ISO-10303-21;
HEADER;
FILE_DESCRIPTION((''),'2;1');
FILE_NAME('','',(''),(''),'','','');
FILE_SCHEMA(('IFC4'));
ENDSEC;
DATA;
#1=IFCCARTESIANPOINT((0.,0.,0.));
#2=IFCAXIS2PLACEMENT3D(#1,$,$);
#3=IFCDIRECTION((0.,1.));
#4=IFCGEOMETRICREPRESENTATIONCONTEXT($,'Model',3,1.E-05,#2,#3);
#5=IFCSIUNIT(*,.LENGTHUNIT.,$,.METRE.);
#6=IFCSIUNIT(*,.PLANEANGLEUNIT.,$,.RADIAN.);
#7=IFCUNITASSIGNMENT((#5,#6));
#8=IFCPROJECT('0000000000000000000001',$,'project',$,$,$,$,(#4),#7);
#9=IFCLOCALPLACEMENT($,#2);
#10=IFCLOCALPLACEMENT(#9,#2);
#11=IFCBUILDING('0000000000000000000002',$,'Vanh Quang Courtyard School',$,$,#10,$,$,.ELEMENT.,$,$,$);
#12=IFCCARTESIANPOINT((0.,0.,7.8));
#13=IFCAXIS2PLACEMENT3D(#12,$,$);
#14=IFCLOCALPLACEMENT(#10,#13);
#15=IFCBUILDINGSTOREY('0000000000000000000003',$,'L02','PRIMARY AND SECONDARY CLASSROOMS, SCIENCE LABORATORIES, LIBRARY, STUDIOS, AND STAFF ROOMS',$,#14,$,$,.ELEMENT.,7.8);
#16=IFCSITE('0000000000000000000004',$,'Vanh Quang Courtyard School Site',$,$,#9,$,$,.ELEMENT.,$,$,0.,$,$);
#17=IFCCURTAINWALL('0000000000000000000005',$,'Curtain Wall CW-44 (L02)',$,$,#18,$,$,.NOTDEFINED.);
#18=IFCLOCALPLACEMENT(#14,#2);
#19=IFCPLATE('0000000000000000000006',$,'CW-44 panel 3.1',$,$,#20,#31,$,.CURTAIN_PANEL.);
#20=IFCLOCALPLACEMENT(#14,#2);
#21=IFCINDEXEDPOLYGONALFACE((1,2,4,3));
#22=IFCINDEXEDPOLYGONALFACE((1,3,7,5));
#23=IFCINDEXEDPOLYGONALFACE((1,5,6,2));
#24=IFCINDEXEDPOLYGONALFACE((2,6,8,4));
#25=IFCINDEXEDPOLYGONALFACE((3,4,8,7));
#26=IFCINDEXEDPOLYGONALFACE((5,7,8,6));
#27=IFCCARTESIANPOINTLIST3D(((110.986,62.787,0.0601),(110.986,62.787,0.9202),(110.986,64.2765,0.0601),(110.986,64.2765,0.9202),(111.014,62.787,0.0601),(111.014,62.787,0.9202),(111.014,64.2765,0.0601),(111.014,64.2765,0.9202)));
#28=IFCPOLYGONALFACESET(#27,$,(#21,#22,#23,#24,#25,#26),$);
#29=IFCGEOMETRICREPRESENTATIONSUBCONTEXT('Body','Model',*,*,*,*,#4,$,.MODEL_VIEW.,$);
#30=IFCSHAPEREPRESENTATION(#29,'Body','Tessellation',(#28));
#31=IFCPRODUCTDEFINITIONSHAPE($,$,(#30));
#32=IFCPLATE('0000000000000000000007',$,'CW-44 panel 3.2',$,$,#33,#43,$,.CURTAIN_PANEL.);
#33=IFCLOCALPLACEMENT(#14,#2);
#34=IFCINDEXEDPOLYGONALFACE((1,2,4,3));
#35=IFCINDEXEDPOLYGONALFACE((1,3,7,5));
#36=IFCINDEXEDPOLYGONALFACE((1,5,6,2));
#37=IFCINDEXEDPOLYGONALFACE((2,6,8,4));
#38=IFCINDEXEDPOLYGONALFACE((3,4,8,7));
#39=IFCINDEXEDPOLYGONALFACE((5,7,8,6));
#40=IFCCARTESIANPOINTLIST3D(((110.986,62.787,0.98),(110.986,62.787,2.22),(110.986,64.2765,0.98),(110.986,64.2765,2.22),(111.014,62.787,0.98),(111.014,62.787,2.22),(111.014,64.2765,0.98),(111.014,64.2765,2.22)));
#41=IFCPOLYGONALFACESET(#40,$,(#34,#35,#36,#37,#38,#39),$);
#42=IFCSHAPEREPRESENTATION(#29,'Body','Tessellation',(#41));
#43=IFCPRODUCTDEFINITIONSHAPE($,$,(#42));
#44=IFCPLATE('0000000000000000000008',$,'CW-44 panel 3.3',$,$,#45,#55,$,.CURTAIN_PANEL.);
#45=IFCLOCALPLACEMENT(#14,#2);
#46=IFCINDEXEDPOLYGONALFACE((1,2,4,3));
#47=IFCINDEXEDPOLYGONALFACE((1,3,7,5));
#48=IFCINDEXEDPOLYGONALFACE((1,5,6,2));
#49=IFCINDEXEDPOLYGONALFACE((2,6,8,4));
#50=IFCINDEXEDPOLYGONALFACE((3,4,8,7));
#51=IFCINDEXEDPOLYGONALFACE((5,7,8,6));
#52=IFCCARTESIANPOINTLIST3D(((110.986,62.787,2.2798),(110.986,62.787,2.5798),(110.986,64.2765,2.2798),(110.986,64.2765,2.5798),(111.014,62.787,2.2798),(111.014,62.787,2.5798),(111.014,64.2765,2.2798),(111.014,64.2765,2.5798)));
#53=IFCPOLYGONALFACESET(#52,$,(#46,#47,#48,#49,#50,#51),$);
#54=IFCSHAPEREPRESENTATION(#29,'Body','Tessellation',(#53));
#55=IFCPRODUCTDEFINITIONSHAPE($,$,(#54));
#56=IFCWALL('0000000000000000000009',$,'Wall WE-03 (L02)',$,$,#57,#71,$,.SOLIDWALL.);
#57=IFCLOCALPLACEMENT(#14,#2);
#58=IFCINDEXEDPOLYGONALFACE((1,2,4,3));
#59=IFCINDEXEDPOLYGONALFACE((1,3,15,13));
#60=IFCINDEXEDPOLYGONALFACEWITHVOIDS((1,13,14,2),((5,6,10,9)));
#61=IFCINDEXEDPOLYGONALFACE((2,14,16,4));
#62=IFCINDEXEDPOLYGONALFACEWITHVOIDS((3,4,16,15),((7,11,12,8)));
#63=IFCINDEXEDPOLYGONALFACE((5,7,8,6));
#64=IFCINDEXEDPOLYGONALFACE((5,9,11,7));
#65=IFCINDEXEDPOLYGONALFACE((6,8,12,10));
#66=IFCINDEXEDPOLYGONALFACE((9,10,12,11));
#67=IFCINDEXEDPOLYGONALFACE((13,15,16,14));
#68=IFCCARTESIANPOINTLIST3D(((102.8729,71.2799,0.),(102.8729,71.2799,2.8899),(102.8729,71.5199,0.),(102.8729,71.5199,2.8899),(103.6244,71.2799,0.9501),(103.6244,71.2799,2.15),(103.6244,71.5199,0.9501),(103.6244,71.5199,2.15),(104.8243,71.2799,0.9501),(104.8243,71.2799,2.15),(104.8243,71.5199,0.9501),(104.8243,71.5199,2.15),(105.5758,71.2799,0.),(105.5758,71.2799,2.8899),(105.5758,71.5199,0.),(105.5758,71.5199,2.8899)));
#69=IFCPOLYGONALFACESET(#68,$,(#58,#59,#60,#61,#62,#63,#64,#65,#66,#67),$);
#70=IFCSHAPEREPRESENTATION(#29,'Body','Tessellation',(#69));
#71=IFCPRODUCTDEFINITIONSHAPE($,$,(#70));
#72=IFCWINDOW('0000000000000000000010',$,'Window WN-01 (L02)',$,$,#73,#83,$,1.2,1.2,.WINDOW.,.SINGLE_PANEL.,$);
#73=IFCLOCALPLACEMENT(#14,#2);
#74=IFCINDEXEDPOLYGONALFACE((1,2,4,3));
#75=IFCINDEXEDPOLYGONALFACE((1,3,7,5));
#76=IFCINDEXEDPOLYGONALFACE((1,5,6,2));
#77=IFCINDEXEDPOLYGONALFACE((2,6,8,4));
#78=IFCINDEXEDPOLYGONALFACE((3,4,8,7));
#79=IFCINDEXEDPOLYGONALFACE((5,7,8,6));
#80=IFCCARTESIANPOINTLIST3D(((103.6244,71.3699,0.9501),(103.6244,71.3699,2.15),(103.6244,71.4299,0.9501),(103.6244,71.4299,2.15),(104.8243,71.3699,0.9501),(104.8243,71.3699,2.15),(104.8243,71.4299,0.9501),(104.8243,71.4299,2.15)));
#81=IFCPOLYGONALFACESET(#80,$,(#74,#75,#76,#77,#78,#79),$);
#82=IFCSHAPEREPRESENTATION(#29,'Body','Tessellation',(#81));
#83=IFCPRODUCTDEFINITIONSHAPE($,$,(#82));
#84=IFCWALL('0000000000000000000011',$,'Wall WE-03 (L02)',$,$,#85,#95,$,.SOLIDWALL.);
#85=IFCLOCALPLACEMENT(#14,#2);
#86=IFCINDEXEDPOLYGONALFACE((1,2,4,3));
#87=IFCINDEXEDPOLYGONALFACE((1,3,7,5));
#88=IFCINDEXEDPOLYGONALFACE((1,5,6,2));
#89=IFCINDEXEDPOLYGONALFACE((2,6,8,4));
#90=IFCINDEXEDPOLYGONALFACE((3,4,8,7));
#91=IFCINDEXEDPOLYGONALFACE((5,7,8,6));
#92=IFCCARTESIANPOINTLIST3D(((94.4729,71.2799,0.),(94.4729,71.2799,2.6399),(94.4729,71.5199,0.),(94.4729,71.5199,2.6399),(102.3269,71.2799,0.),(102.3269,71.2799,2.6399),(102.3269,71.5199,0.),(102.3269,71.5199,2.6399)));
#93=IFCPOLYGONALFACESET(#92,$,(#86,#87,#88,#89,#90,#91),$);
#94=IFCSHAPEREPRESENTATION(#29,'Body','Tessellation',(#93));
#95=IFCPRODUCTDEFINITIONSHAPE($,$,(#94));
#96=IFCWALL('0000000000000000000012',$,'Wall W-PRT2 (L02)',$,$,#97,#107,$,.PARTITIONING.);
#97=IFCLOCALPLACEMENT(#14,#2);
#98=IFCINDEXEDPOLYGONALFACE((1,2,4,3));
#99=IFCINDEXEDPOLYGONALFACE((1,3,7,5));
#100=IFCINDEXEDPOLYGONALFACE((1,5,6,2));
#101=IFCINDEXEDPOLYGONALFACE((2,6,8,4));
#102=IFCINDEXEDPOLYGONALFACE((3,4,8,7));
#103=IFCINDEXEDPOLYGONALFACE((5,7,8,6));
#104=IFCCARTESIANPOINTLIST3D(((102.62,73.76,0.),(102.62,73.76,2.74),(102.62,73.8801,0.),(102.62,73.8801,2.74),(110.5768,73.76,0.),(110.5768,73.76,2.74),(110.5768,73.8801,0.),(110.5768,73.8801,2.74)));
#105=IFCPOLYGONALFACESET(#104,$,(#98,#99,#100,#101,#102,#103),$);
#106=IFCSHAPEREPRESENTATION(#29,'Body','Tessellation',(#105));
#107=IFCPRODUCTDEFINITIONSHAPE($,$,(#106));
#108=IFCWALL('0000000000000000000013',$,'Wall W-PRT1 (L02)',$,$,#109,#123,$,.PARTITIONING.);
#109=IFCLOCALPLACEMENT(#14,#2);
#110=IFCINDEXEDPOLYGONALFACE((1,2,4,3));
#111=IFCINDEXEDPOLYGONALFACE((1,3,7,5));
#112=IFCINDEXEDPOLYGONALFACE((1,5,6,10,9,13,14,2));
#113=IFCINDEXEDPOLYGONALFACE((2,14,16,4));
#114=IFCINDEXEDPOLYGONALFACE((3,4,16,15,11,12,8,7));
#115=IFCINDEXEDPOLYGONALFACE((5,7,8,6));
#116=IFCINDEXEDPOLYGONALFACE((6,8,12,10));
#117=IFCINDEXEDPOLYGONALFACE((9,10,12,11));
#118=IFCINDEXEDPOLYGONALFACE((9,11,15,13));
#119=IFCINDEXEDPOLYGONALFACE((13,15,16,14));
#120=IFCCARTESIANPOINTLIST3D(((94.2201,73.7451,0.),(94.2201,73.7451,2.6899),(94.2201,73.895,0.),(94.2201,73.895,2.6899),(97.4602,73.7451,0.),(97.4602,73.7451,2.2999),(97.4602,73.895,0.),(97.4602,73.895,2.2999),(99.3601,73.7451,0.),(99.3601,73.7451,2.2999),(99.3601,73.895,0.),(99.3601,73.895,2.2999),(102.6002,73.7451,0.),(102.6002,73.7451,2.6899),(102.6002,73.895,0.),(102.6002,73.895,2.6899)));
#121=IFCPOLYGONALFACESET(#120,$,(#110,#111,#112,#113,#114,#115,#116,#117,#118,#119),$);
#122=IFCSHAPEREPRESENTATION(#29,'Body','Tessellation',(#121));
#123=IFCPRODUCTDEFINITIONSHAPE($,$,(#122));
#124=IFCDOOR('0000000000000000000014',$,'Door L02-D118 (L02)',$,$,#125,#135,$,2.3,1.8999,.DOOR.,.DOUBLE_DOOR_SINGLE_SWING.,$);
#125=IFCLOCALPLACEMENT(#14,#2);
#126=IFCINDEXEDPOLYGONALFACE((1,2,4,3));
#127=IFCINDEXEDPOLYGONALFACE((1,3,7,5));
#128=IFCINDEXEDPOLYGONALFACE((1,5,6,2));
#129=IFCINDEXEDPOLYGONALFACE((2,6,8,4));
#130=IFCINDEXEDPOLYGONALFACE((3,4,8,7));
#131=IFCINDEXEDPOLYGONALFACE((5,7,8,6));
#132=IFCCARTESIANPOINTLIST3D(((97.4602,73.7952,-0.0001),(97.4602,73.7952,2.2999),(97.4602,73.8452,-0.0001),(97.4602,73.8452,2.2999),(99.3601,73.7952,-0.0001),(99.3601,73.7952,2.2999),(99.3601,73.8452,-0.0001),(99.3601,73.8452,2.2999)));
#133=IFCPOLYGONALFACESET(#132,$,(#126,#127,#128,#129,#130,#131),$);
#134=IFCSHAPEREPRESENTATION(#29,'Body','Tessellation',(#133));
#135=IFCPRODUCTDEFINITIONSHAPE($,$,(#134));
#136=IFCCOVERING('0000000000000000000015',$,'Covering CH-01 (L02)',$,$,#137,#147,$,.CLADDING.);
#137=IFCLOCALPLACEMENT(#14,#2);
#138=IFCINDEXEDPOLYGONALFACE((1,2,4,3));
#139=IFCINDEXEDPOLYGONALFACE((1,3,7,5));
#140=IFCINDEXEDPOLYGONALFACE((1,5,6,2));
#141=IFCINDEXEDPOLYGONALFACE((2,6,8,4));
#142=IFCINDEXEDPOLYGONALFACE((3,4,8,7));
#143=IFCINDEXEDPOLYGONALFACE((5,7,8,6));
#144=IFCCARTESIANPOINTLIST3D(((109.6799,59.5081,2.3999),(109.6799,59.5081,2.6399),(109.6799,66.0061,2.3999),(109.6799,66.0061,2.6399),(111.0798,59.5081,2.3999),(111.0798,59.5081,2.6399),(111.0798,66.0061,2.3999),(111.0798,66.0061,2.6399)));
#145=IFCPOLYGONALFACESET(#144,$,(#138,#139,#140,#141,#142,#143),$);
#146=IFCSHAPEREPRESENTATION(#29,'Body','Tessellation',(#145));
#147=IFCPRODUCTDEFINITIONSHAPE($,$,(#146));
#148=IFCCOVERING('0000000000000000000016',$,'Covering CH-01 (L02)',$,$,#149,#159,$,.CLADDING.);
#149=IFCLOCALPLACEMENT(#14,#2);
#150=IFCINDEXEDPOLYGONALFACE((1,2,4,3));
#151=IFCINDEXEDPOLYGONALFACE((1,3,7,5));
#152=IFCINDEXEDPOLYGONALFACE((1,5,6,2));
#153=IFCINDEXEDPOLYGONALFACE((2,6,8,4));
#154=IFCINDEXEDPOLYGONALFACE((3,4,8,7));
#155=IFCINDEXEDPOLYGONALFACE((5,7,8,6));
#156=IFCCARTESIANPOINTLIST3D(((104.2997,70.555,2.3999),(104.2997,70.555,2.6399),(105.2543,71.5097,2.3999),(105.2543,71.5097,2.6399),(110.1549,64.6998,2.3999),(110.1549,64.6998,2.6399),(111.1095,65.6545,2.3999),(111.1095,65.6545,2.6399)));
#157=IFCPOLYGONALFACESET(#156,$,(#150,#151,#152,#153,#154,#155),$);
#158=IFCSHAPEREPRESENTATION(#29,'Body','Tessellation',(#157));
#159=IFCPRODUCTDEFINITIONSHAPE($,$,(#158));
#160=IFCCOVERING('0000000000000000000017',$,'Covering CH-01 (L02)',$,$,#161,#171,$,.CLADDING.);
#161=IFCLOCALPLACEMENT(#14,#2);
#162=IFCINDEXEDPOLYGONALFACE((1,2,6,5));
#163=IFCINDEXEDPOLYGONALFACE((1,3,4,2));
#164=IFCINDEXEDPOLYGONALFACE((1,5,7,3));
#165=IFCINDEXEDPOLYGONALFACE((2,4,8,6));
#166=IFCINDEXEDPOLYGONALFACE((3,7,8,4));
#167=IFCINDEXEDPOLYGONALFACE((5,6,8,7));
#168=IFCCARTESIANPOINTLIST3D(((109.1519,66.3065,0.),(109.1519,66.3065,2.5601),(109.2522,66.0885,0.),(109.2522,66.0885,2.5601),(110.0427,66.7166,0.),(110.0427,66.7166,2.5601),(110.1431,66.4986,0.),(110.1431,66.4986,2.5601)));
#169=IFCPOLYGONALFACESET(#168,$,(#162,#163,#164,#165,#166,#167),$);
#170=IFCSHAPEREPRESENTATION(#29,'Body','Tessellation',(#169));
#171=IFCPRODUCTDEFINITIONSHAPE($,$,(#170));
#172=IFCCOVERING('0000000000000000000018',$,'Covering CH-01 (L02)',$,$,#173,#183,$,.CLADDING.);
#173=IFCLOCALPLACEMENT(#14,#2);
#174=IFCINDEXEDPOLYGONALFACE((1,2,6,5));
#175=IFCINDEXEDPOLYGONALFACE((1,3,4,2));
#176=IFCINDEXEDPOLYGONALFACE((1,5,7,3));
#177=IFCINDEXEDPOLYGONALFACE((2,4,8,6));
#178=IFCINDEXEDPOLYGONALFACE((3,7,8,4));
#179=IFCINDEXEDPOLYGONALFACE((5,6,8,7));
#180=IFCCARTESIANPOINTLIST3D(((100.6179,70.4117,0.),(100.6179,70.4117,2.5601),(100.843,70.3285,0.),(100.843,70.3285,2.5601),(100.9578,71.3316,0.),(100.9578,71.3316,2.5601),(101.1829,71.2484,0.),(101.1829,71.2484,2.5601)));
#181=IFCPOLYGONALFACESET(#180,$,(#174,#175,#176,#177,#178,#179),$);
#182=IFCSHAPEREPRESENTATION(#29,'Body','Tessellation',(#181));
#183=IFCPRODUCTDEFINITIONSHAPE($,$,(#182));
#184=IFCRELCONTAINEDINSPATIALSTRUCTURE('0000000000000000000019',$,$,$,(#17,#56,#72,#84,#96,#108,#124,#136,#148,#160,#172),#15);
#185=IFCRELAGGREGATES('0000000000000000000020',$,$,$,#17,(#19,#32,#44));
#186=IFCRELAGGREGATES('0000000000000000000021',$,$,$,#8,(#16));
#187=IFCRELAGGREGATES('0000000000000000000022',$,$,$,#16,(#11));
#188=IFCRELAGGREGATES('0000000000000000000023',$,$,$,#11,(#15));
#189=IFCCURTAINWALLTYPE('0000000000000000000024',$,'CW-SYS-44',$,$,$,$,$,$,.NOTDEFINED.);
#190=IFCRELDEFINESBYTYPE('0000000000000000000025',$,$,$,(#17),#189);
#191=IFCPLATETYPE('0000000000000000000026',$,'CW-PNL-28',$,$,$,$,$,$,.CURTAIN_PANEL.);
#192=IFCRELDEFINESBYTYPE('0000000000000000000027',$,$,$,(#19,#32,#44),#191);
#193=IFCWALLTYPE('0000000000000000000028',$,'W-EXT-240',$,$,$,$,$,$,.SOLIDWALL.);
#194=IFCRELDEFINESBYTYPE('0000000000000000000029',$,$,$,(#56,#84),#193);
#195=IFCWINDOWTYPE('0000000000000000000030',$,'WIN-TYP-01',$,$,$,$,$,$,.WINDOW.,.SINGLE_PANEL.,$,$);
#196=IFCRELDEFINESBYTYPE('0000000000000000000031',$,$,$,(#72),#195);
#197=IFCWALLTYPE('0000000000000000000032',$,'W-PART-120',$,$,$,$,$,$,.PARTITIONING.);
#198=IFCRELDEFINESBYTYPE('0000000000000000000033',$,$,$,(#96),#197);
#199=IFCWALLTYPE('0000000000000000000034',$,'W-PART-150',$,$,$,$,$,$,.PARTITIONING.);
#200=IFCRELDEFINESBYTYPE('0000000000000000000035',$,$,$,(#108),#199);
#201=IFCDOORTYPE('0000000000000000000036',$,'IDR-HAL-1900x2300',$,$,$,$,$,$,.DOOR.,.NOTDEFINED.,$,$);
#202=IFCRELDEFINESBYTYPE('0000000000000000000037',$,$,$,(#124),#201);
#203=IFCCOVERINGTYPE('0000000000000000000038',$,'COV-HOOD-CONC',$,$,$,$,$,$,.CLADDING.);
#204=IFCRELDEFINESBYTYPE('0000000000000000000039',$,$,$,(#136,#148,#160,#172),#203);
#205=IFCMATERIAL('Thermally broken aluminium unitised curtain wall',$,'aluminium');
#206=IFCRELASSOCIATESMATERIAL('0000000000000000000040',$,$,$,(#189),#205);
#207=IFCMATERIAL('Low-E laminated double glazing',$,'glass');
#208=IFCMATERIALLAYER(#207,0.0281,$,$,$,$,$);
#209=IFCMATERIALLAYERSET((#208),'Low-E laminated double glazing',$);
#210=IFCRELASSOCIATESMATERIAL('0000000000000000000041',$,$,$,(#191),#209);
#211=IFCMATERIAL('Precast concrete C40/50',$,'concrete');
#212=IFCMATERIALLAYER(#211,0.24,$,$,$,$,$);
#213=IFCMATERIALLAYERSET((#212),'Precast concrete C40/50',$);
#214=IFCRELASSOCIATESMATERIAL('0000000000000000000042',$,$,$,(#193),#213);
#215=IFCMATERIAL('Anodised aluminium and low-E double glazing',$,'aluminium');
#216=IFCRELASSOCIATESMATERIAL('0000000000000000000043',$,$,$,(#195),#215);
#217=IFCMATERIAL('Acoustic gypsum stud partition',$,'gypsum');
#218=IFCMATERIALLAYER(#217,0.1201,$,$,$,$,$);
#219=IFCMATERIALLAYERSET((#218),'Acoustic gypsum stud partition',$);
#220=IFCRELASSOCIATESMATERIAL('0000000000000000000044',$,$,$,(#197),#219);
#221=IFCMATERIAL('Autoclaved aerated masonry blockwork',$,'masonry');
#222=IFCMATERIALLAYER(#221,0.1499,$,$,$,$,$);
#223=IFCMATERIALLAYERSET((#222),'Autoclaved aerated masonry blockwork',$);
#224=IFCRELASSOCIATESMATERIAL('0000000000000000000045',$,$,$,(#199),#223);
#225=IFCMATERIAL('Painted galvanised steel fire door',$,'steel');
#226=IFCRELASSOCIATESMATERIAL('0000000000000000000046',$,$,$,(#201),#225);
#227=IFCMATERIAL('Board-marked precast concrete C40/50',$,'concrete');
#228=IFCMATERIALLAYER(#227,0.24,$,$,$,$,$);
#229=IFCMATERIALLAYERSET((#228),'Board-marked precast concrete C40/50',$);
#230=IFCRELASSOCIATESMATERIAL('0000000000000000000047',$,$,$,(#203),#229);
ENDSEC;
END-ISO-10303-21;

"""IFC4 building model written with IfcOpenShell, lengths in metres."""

from ifc_helpers import new_model, si_unit, direction, frame, frame_2d, origin, origin_2d, place, context, subcontext, project, spatial, rectangle, extrude, material, layer, layer_set, type_object, element, fill, aggregate, save


model = new_model("IFC4")

# Units and contexts
model_context = context("Model", 3, precision=1e-05, world=origin(), true_north=direction((0.0, 1.0)))
body_context = subcontext(model_context, "Body", "Model", "MODEL_VIEW")
ifc_project = project(units=[si_unit("LENGTHUNIT", "METRE"), si_unit("PLANEANGLEUNIT", "RADIAN")], contexts=[model_context])

# Site, building, storey
site_placement = place(None, origin())
site = spatial("IfcSite", under=ifc_project, at=site_placement, Name="Vanh Quang Courtyard School Site", CompositionType="ELEMENT", RefElevation=0.0)
building_placement = place(site_placement, origin())
building = spatial("IfcBuilding", under=site, at=building_placement, Name="Vanh Quang Courtyard School", CompositionType="ELEMENT")
storey_placement = place(building_placement, frame((0.0, 0.0, 7.8)))
storey = spatial("IfcBuildingStorey", under=building, at=storey_placement, Name="L02", Description="PRIMARY AND SECONDARY CLASSROOMS, SCIENCE LABORATORIES, LIBRARY, STUDIOS, AND STAFF ROOMS", CompositionType="ELEMENT", Elevation=7.8)

# Curtain wall
ifc_material_1 = material(Name="Thermally broken aluminium unitised curtain wall", Category="aluminium")
curtain_wall_type = type_object("IfcCurtainWallType", Name="CW-SYS-44", PredefinedType="NOTDEFINED", material=ifc_material_1)
curtain_wall_placement = place(storey_placement, origin())
curtain_wall = element("IfcCurtainWall", 1, at=curtain_wall_placement, inside=storey, type_object=curtain_wall_type, Name="Curtain Wall CW-44 (L02)", PredefinedType="NOTDEFINED")

# Plates
ifc_material_2 = material(Name="Low-E laminated double glazing", Category="glass")
ifc_layer_1 = layer(ifc_material_2, 0.0281)
ifc_layer_set_1 = layer_set([ifc_layer_1], Name="Low-E laminated double glazing")
plate_type = type_object("IfcPlateType", Name="CW-PNL-28", PredefinedType="CURTAIN_PANEL", material=ifc_layer_set_1)
plate_1_placement = place(storey_placement, frame((111.0, 63.5317, 0.0601), z_axis=(0.0, 0.0, 1.0), x_axis=(0.0, 1.0, 0.0)))
plate_1 = element("IfcPlate", 2, at=plate_1_placement, type_object=plate_type, Name="CW-44 panel 3.1", PredefinedType="CURTAIN_PANEL", context=body_context, shape_type="SweptSolid", body=[
    extrude(rectangle(XDim=1.4895, YDim=0.0281, at=origin_2d()), origin(), (0.0, 0.0, 1.0), 0.8601),
])
plate_2_placement = place(storey_placement, frame((111.0, 63.5317, 0.98), z_axis=(0.0, 0.0, 1.0), x_axis=(0.0, 1.0, 0.0)))
plate_2 = element("IfcPlate", 3, at=plate_2_placement, type_object=plate_type, Name="CW-44 panel 3.2", PredefinedType="CURTAIN_PANEL", context=body_context, shape_type="SweptSolid", body=[
    extrude(rectangle(XDim=1.4895, YDim=0.0281, at=origin_2d()), origin(), (0.0, 0.0, 1.0), 1.24),
])
plate_3_placement = place(storey_placement, frame((111.0, 63.5317, 2.2798), z_axis=(0.0, 0.0, 1.0), x_axis=(0.0, 1.0, 0.0)))
plate_3 = element("IfcPlate", 4, at=plate_3_placement, type_object=plate_type, Name="CW-44 panel 3.3", PredefinedType="CURTAIN_PANEL", context=body_context, shape_type="SweptSolid", body=[
    extrude(rectangle(XDim=1.4895, YDim=0.0281, at=origin_2d()), origin(), (0.0, 0.0, 1.0), 0.3),
])
aggregate(curtain_wall, [plate_1, plate_2, plate_3])

# Wall, opening, window
ifc_material_3 = material(Name="Precast concrete C40/50", Category="concrete")
ifc_layer_2 = layer(ifc_material_3, 0.24)
ifc_layer_set_2 = layer_set([ifc_layer_2], Name="Precast concrete C40/50")
wall_type_1 = type_object("IfcWallType", Name="W-EXT-240", PredefinedType="SOLIDWALL", material=ifc_layer_set_2)
wall_1_placement = place(storey_placement, frame((105.5759, 71.3999, 0.0), z_axis=(0.0, 0.0, 1.0), x_axis=(-1.0, 0.0, 0.0)))
wall_1 = element("IfcWall", 5, at=wall_1_placement, inside=storey, type_object=wall_type_1, Name="Wall WE-03 (L02)", PredefinedType="SOLIDWALL", context=body_context, shape_type="SweptSolid", body=[
    extrude(rectangle(XDim=2.7029, YDim=0.24, at=frame_2d((1.3516, 0.0))), origin(), (0.0, 0.0, 1.0), 2.8899),
])
opening_1_placement = place(wall_1_placement, frame((0.7515, 0.0, 0.95)))
opening_1 = element("IfcOpeningElement", 6, at=opening_1_placement, cuts=wall_1, PredefinedType="OPENING", context=body_context, shape_type="SweptSolid", body=[
    extrude(rectangle(XDim=1.2, YDim=1.2, at=frame_2d((0.6001, 0.6001))), frame((0.0, 0.1299, 0.0), z_axis=(0.0, -1.0, 0.0), x_axis=(1.0, 0.0, 0.0)), (0.0, 0.0, 1.0), 0.26),
])
ifc_material_4 = material(Name="Anodised aluminium and low-E double glazing", Category="aluminium")
window_type = type_object("IfcWindowType", Name="WIN-TYP-01", PartitioningType="SINGLE_PANEL", PredefinedType="WINDOW", material=ifc_material_4)
window_placement = place(opening_1_placement, origin())
window = element("IfcWindow", 7, at=window_placement, inside=storey, type_object=window_type, Name="Window WN-01 (L02)", OverallHeight=1.2, OverallWidth=1.2, PartitioningType="SINGLE_PANEL", PredefinedType="WINDOW", context=body_context, shape_type="SweptSolid", body=[
    extrude(rectangle(XDim=1.2, YDim=1.2, at=frame_2d((0.6001, 0.6001))), frame((0.0, 0.03, 0.0), z_axis=(0.0, -1.0, 0.0), x_axis=(1.0, 0.0, 0.0)), (0.0, 0.0, 1.0), 0.0601),
])
fill(opening_1, window)

# Walls
wall_2_placement = place(storey_placement, frame((102.3269, 71.3999, 0.0), z_axis=(0.0, 0.0, 1.0), x_axis=(-1.0, 0.0, 0.0)))
element("IfcWall", 8, at=wall_2_placement, inside=storey, type_object=wall_type_1, Name="Wall WE-03 (L02)", PredefinedType="SOLIDWALL", context=body_context, shape_type="SweptSolid", body=[
    extrude(rectangle(XDim=7.854, YDim=0.24, at=frame_2d((3.927, 0.0))), origin(), (0.0, 0.0, 1.0), 2.6399),
])
ifc_material_5 = material(Name="Acoustic gypsum stud partition", Category="gypsum")
ifc_layer_3 = layer(ifc_material_5, 0.1201)
ifc_layer_set_3 = layer_set([ifc_layer_3], Name="Acoustic gypsum stud partition")
wall_type_2 = type_object("IfcWallType", Name="W-PART-120", PredefinedType="PARTITIONING", material=ifc_layer_set_3)
wall_3_placement = place(storey_placement, frame((110.5769, 73.8201, 0.0), z_axis=(0.0, 0.0, 1.0), x_axis=(-1.0, 0.0, 0.0)))
element("IfcWall", 9, at=wall_3_placement, inside=storey, type_object=wall_type_2, Name="Wall W-PRT2 (L02)", PredefinedType="PARTITIONING", context=body_context, shape_type="SweptSolid", body=[
    extrude(rectangle(XDim=7.9568, YDim=0.1201, at=frame_2d((3.9785, 0.0))), origin(), (0.0, 0.0, 1.0), 2.74),
])

# Wall, opening, door
ifc_material_6 = material(Name="Autoclaved aerated masonry blockwork", Category="masonry")
ifc_layer_4 = layer(ifc_material_6, 0.1499)
ifc_layer_set_4 = layer_set([ifc_layer_4], Name="Autoclaved aerated masonry blockwork")
wall_type_3 = type_object("IfcWallType", Name="W-PART-150", PredefinedType="PARTITIONING", material=ifc_layer_set_4)
wall_4_placement = place(storey_placement, frame((102.6001, 73.8201, 0.0), z_axis=(0.0, 0.0, 1.0), x_axis=(-1.0, 0.0, 0.0)))
wall_4 = element("IfcWall", 10, at=wall_4_placement, inside=storey, type_object=wall_type_3, Name="Wall W-PRT1 (L02)", PredefinedType="PARTITIONING", context=body_context, shape_type="SweptSolid", body=[
    extrude(rectangle(XDim=8.3801, YDim=0.1499, at=frame_2d((4.1899, 0.0))), origin(), (0.0, 0.0, 1.0), 2.6899),
])
opening_2_placement = place(wall_4_placement, frame((3.24, 0.0, 0.0)))
opening_2 = element("IfcOpeningElement", 11, at=opening_2_placement, cuts=wall_4, PredefinedType="OPENING", context=body_context, shape_type="SweptSolid", body=[
    extrude(rectangle(XDim=1.8999, YDim=2.3, at=frame_2d((0.95, 1.1499))), frame((0.0, 0.085, 0.0), z_axis=(0.0, -1.0, 0.0), x_axis=(1.0, 0.0, 0.0)), (0.0, 0.0, 1.0), 0.1699),
])
ifc_material_7 = material(Name="Painted galvanised steel fire door", Category="steel")
door_type = type_object("IfcDoorType", Name="IDR-HAL-1900x2300", OperationType="NOTDEFINED", PredefinedType="DOOR", material=ifc_material_7)
door_placement = place(opening_2_placement, origin())
door = element("IfcDoor", 12, at=door_placement, inside=storey, type_object=door_type, Name="Door L02-D118 (L02)", OperationType="DOUBLE_DOOR_SINGLE_SWING", OverallHeight=2.3, OverallWidth=1.8999, PredefinedType="DOOR", context=body_context, shape_type="SweptSolid", body=[
    extrude(rectangle(XDim=1.8999, YDim=2.3, at=frame_2d((0.95, 1.1499))), frame((0.0, 0.0249, 0.0), z_axis=(0.0, -1.0, 0.0), x_axis=(1.0, 0.0, 0.0)), (0.0, 0.0, 1.0), 0.05),
])
fill(opening_2, door)

# Coverings
ifc_material_8 = material(Name="Board-marked precast concrete C40/50", Category="concrete")
ifc_layer_5 = layer(ifc_material_8, 0.24)
ifc_layer_set_5 = layer_set([ifc_layer_5], Name="Board-marked precast concrete C40/50")
covering_type = type_object("IfcCoveringType", Name="COV-HOOD-CONC", PredefinedType="CLADDING", material=ifc_layer_set_5)
covering_1_placement = place(storey_placement, frame((110.3799, 62.7571, 2.3999), z_axis=(0.0, 0.0, 1.0), x_axis=(0.0, 1.0, 0.0)))
element("IfcCovering", 13, at=covering_1_placement, inside=storey, type_object=covering_type, Name="Covering CH-01 (L02)", PredefinedType="CLADDING", context=body_context, shape_type="SweptSolid", body=[
    extrude(rectangle(XDim=6.498, YDim=1.3999, at=origin_2d()), origin(), (0.0, 0.0, 1.0), 0.24),
])
covering_2_placement = place(storey_placement, frame((107.7046, 68.1047, 2.3999), z_axis=(0.0, 0.0, 1.0), x_axis=(-0.707107, 0.707107, 0.0)))
element("IfcCovering", 14, at=covering_2_placement, inside=storey, type_object=covering_type, Name="Covering CH-01 (L02)", PredefinedType="CLADDING", context=body_context, shape_type="SweptSolid", body=[
    extrude(rectangle(XDim=8.2805, YDim=1.3501, at=origin_2d()), origin(), (0.0, 0.0, 1.0), 0.24),
])
for number, where, z_axis, x_axis, name in (
    (15, (109.6475, 66.4026, 0.0), (0.0, 0.0, 1.0), (-0.908362, -0.418184, 0.0), "Covering CH-01 (L02)"),
    (16, (100.9004, 70.8301, 0.0), (0.0, 0.0, 1.0), (-0.346608, -0.93801, 0.0), "Covering CH-01 (L02)"),
):
    element("IfcCovering", number, at=place(storey_placement, frame(where, z_axis=z_axis, x_axis=x_axis)), inside=storey, type_object=covering_type, Name=name, PredefinedType="CLADDING", context=body_context, shape_type="SweptSolid", body=[
        extrude(rectangle(XDim=0.9807, YDim=0.24, at=origin_2d()), origin(), (0.0, 0.0, 1.0), 2.5601),
    ])

save(model, "model.ifc")
